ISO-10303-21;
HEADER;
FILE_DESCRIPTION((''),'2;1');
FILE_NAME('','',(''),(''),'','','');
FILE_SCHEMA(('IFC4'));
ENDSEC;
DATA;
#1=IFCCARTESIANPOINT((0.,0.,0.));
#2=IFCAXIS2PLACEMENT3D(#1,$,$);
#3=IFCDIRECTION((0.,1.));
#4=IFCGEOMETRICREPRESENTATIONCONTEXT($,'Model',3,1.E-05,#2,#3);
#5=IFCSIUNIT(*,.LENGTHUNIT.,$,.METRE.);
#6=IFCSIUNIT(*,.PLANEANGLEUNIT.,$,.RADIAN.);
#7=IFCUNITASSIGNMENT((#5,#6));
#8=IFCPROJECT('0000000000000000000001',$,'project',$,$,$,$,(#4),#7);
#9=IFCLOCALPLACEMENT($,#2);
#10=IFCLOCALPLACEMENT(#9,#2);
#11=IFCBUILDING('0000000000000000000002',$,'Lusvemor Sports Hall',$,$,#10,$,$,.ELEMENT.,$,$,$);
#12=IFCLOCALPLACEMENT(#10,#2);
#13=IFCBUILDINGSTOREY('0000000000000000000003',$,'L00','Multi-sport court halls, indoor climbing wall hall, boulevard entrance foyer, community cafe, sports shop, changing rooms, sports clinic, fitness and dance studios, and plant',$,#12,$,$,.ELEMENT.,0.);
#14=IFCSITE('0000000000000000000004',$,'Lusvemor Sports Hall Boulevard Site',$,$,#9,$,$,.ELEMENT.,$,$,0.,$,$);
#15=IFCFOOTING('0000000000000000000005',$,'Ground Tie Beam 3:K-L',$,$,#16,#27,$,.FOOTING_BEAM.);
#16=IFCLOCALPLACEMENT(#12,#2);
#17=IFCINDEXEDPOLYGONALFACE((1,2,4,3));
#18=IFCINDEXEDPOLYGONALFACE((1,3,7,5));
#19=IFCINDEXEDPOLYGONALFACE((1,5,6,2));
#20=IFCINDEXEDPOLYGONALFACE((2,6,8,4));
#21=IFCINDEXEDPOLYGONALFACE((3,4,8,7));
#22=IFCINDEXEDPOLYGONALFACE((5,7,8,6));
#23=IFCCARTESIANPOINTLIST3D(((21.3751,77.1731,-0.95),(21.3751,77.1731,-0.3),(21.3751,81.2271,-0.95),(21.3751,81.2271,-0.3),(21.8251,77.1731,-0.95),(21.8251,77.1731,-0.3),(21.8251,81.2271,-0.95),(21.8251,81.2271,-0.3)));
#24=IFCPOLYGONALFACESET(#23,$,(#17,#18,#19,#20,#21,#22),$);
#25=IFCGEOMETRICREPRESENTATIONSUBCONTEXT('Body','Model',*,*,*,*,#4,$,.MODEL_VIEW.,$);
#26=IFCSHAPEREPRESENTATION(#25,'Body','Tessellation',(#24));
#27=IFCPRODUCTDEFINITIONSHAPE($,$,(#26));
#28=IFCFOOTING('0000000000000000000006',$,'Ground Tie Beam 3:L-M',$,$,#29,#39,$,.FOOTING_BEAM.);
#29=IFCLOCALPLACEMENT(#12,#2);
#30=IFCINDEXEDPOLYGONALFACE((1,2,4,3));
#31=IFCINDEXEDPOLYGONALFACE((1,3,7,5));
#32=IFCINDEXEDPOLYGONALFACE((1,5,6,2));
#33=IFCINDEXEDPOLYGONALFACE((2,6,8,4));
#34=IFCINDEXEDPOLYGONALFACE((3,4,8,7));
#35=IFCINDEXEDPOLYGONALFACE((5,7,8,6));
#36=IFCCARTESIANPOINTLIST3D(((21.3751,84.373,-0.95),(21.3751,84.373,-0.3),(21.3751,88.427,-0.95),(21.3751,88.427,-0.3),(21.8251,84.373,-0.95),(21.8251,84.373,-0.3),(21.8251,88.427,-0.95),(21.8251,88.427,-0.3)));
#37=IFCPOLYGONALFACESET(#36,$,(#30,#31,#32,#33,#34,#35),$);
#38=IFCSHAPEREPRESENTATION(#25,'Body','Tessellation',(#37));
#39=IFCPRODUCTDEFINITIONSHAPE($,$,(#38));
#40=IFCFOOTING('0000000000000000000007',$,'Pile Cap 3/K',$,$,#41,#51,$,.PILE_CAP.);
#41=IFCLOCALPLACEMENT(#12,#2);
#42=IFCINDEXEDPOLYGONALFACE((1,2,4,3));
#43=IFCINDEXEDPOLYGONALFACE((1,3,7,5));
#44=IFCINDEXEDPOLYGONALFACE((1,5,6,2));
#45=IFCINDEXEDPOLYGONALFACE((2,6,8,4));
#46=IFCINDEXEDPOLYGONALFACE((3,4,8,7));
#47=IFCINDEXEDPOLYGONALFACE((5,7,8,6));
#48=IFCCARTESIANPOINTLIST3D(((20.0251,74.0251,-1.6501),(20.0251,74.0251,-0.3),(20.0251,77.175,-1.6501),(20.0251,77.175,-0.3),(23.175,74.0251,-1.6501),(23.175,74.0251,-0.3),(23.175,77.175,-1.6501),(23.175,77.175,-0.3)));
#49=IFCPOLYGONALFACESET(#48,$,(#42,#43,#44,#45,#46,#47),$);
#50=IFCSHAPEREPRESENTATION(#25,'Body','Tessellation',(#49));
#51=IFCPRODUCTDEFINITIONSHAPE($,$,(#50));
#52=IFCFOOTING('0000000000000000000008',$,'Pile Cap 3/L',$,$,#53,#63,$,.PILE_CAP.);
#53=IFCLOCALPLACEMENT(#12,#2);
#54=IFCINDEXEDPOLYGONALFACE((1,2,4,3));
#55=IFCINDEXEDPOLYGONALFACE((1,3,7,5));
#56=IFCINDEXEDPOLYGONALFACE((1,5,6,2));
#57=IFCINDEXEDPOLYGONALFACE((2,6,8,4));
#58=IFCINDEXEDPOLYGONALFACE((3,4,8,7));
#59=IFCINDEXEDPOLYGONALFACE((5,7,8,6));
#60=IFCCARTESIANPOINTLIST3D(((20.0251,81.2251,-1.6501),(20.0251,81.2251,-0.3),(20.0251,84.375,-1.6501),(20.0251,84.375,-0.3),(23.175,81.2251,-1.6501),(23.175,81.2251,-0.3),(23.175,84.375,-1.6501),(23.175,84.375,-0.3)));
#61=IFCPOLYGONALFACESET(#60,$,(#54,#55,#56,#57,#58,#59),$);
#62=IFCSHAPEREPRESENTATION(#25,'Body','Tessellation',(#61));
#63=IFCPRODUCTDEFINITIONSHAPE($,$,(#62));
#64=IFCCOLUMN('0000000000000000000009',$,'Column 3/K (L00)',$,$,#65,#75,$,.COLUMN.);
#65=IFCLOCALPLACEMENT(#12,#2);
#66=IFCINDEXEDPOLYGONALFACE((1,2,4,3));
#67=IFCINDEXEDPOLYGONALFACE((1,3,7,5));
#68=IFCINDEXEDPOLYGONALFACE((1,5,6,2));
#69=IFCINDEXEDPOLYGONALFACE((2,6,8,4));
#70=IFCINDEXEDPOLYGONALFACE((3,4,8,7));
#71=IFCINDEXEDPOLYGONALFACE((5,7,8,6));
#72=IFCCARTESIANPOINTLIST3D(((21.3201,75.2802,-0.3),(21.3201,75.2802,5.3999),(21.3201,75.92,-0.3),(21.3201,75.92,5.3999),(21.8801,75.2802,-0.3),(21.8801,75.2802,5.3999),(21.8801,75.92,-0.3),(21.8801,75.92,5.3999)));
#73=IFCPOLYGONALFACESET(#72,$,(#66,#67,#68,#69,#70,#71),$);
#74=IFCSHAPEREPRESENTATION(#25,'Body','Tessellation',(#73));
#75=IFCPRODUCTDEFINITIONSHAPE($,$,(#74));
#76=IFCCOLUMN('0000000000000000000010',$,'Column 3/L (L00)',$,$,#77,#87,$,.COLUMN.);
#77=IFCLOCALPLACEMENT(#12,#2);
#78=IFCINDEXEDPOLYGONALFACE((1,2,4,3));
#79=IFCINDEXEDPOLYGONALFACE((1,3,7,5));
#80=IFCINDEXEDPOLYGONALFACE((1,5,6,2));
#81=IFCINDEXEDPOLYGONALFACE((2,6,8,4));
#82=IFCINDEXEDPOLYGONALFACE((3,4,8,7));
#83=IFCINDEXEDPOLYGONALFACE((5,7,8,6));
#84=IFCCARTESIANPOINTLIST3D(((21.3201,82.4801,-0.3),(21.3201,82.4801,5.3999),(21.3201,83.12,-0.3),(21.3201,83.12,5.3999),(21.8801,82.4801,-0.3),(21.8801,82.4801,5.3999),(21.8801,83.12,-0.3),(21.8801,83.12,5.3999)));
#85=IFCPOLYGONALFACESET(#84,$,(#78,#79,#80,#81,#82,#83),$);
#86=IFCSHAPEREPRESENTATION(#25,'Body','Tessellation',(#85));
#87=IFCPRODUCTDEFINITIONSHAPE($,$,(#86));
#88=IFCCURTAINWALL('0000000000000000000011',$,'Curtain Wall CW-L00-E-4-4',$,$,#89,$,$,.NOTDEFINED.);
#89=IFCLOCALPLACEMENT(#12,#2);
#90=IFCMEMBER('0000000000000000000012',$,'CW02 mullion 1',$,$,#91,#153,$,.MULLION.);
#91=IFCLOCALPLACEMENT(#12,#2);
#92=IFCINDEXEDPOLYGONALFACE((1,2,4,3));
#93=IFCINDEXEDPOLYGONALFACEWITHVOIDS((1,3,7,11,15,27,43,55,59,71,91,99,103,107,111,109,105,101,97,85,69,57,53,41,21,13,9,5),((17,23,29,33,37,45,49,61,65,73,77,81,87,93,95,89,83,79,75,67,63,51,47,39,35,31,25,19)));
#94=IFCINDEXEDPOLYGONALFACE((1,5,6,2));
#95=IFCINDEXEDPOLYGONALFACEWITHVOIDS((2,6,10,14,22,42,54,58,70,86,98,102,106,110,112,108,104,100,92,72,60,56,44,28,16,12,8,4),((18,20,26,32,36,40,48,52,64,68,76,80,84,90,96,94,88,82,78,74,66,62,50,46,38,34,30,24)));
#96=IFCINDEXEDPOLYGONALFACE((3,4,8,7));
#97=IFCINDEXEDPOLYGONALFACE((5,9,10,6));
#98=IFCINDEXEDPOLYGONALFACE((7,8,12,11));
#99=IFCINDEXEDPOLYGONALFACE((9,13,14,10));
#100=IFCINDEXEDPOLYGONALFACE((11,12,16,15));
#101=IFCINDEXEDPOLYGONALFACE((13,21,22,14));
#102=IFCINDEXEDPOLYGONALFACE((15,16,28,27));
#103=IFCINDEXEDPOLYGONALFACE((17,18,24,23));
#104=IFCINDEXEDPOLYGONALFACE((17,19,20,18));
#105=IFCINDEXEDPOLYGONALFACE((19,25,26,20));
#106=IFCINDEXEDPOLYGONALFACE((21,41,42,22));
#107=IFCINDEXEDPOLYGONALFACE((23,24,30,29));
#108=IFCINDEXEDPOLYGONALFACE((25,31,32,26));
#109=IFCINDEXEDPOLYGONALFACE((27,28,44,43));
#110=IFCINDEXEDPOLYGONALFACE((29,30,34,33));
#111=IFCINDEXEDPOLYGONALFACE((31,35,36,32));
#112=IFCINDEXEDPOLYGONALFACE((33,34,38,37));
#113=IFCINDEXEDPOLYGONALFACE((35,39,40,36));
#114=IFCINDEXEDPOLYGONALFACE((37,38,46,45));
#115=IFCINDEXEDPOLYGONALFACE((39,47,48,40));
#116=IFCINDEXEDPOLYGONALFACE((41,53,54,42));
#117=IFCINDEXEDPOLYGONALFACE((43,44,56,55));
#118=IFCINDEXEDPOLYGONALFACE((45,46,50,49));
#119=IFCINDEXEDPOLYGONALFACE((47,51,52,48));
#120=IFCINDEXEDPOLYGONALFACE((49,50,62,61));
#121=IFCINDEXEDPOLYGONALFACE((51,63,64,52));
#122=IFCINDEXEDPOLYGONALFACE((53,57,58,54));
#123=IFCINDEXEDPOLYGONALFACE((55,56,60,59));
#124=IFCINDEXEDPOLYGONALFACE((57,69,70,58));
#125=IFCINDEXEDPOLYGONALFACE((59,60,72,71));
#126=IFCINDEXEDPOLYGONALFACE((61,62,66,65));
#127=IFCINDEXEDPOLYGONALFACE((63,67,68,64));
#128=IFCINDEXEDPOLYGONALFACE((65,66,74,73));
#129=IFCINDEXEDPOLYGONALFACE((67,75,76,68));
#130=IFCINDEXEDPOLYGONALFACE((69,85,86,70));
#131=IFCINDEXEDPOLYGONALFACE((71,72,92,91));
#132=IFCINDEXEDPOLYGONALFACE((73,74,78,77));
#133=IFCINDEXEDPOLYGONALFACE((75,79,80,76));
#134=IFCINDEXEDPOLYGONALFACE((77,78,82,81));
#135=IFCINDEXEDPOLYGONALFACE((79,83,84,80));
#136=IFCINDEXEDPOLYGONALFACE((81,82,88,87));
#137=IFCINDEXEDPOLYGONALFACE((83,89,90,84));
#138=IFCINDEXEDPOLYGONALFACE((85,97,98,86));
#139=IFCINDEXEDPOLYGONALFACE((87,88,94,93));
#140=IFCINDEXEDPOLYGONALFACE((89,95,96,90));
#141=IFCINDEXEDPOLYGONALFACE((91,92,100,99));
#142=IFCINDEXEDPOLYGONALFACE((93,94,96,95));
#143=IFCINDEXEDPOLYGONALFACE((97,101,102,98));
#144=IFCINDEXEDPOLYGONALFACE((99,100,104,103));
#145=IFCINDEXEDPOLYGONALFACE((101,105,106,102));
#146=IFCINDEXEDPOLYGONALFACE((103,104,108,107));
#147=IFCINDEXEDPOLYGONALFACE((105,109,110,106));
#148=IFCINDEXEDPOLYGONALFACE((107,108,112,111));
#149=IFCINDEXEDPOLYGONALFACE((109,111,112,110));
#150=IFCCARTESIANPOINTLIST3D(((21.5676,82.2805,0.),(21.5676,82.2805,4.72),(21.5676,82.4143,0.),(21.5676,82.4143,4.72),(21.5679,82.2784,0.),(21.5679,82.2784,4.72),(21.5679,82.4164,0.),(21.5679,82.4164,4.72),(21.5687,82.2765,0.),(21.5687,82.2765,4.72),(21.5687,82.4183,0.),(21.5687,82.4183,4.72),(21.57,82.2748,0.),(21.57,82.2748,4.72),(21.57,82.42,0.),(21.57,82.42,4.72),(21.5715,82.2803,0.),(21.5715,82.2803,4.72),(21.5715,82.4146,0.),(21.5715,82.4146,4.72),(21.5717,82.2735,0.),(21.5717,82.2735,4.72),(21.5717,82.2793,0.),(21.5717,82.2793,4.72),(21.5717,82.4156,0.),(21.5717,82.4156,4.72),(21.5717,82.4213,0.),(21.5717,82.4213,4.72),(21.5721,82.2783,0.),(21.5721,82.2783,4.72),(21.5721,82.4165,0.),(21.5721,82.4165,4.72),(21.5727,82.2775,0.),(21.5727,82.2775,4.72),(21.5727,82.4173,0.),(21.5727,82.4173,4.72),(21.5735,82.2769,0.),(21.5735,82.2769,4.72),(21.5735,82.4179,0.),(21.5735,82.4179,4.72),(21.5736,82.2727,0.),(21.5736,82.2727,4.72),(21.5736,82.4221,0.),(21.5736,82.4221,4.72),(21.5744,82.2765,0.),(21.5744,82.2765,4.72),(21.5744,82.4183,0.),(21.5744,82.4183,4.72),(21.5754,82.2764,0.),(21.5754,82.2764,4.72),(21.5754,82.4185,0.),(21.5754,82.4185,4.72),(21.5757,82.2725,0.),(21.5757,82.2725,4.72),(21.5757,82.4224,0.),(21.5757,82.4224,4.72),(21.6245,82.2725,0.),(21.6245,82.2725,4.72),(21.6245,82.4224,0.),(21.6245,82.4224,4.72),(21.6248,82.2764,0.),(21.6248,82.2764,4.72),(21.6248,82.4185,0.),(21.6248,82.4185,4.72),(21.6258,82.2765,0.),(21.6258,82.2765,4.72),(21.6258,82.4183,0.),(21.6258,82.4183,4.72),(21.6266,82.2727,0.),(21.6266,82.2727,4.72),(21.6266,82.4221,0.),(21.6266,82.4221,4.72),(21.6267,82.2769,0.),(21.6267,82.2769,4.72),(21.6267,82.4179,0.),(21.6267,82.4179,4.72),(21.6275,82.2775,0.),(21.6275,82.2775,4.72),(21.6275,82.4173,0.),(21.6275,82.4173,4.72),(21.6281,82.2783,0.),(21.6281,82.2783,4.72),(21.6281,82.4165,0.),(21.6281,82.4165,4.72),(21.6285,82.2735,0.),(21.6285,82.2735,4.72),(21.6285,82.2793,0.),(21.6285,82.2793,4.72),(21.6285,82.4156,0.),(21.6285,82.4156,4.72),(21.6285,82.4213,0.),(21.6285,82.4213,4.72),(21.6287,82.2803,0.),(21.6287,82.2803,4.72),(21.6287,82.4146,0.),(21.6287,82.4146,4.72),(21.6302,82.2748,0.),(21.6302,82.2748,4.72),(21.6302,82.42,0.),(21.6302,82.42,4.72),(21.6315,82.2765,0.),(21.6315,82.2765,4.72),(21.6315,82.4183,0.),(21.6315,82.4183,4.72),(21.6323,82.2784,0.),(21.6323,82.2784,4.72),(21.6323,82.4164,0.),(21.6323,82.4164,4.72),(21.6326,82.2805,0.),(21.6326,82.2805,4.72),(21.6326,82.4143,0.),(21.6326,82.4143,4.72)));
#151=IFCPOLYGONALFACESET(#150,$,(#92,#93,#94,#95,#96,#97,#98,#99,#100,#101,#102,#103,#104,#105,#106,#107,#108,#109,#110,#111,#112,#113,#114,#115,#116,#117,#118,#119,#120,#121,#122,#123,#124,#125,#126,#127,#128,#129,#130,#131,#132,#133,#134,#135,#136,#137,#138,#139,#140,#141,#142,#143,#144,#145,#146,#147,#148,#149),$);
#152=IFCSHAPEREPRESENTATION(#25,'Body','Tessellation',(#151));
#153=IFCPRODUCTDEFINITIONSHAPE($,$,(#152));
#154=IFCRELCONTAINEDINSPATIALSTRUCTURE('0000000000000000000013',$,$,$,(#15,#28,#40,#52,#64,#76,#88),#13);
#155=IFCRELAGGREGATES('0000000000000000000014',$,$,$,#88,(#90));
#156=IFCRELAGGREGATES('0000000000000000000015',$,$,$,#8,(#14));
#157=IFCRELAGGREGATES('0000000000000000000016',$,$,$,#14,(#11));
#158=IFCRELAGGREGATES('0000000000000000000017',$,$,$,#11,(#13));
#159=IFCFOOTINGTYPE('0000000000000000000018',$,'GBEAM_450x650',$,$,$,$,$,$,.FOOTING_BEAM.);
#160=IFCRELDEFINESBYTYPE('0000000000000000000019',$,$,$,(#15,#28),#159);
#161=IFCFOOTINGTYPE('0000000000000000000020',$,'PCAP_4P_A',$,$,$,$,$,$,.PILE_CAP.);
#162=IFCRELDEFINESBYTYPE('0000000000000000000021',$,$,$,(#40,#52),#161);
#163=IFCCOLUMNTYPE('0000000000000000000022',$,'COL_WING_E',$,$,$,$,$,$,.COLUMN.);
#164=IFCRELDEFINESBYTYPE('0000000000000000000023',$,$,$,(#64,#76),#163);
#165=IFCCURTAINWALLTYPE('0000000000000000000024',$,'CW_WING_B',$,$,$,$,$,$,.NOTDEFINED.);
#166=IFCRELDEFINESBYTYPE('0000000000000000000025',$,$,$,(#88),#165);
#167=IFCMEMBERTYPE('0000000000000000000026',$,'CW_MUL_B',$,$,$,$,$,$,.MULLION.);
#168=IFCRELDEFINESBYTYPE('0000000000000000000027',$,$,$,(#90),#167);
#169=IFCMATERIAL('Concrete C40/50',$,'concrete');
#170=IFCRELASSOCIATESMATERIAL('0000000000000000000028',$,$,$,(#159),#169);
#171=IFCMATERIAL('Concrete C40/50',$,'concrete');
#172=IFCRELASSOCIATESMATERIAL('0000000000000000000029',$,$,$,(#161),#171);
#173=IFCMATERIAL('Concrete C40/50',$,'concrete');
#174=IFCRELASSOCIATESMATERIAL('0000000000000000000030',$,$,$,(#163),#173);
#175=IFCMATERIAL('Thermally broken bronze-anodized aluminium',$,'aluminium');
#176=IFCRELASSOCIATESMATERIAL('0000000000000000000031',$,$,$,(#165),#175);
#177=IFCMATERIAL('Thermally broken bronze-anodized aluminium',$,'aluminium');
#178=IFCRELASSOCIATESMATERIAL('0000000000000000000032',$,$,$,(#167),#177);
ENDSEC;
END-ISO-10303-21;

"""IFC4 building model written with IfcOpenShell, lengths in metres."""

from ifc_helpers import new_model, si_unit, direction, frame, origin, origin_2d, place, context, subcontext, project, spatial, rectangle, hollow_rectangle, extrude, material, material_profile, profile_set, type_object, element, aggregate, save


model = new_model("IFC4")

# Units and contexts
model_context = context("Model", 3, precision=1e-05, world=origin(), true_north=direction((0.0, 1.0)))
body_context = subcontext(model_context, "Body", "Model", "MODEL_VIEW")
ifc_project = project(units=[si_unit("LENGTHUNIT", "METRE"), si_unit("PLANEANGLEUNIT", "RADIAN")], contexts=[model_context])

# Site, building, storey
site_placement = place(None, origin())
site = spatial("IfcSite", under=ifc_project, at=site_placement, Name="Lusvemor Sports Hall Boulevard Site", CompositionType="ELEMENT", RefElevation=0.0)
building_placement = place(site_placement, origin())
building = spatial("IfcBuilding", under=site, at=building_placement, Name="Lusvemor Sports Hall", CompositionType="ELEMENT")
storey_placement = place(building_placement, origin())
storey = spatial("IfcBuildingStorey", under=building, at=storey_placement, Name="L00", Description="Multi-sport court halls, indoor climbing wall hall, boulevard entrance foyer, community cafe, sports shop, changing rooms, sports clinic, fitness and dance studios, and plant", CompositionType="ELEMENT", Elevation=0.0)

# Footings
ifc_material_1 = material(Name="Concrete C40/50", Category="concrete")
ifc_material_profile_1 = material_profile(ifc_material_1, rectangle(XDim=0.45, YDim=0.6499, at=origin_2d()), Name="GB_450x650")
ifc_profile_set_1 = profile_set([ifc_material_profile_1], Name="Concrete C40/50")
footing_type_1 = type_object("IfcFootingType", Name="GBEAM_450x650", PredefinedType="FOOTING_BEAM", material=ifc_profile_set_1)
for number, where, z_axis, x_axis, name in (
    (1, (21.6001, 77.1731, -0.625), (0.0, 1.0, 0.0), (-1.0, 0.0, 0.0), "Ground Tie Beam 3:K-L"),
    (2, (21.6001, 84.373, -0.625), (0.0, 1.0, 0.0), (-1.0, 0.0, 0.0), "Ground Tie Beam 3:L-M"),
):
    element("IfcFooting", number, at=place(storey_placement, frame(where, z_axis=z_axis, x_axis=x_axis)), inside=storey, type_object=footing_type_1, Name=name, PredefinedType="FOOTING_BEAM", context=body_context, shape_type="SweptSolid", body=[
        extrude(rectangle(XDim=0.45, YDim=0.6499, at=origin_2d()), origin(), (0.0, 0.0, 1.0), 4.054),
    ])
ifc_material_2 = material(Name="Concrete C40/50", Category="concrete")
footing_type_2 = type_object("IfcFootingType", Name="PCAP_4P_A", PredefinedType="PILE_CAP", material=ifc_material_2)
for number, where, z_axis, x_axis, name in (
    (3, (21.6001, 75.6001, -1.6501), (0.0, 0.0, 1.0), (1.0, 0.0, 0.0), "Pile Cap 3/K"),
    (4, (21.6001, 82.8, -1.6501), (0.0, 0.0, 1.0), (1.0, 0.0, 0.0), "Pile Cap 3/L"),
):
    element("IfcFooting", number, at=place(storey_placement, frame(where, z_axis=z_axis, x_axis=x_axis)), inside=storey, type_object=footing_type_2, Name=name, PredefinedType="PILE_CAP", context=body_context, shape_type="SweptSolid", body=[
        extrude(rectangle(XDim=3.1499, YDim=3.1499, at=origin_2d()), origin(), (0.0, 0.0, 1.0), 1.3501),
    ])

# Columns
ifc_material_3 = material(Name="Concrete C40/50", Category="concrete")
ifc_material_profile_2 = material_profile(ifc_material_3, rectangle(XDim=0.5601, YDim=0.6399, at=origin_2d()), Name="RC560x640")
ifc_profile_set_2 = profile_set([ifc_material_profile_2], Name="Concrete C40/50")
column_type = type_object("IfcColumnType", Name="COL_WING_E", PredefinedType="COLUMN", material=ifc_profile_set_2)
for number, where, z_axis, x_axis, name in (
    (5, (21.6001, 75.6001, -0.3), (0.0, 0.0, 1.0), (1.0, 0.0, 0.0), "Column 3/K (L00)"),
    (6, (21.6001, 82.8, -0.3), (0.0, 0.0, 1.0), (1.0, 0.0, 0.0), "Column 3/L (L00)"),
):
    element("IfcColumn", number, at=place(storey_placement, frame(where, z_axis=z_axis, x_axis=x_axis)), inside=storey, type_object=column_type, Name=name, PredefinedType="COLUMN", context=body_context, shape_type="SweptSolid", body=[
        extrude(rectangle(XDim=0.5601, YDim=0.6399, at=origin_2d()), origin(), (0.0, 0.0, 1.0), 5.7),
    ])

# Curtain wall, member
ifc_material_4 = material(Name="Thermally broken bronze-anodized aluminium", Category="aluminium")
curtain_wall_type = type_object("IfcCurtainWallType", Name="CW_WING_B", PredefinedType="NOTDEFINED", material=ifc_material_4)
curtain_wall_placement = place(storey_placement, origin())
curtain_wall = element("IfcCurtainWall", 7, at=curtain_wall_placement, inside=storey, type_object=curtain_wall_type, Name="Curtain Wall CW-L00-E-4-4", PredefinedType="NOTDEFINED")
ifc_material_5 = material(Name="Thermally broken bronze-anodized aluminium", Category="aluminium")
ifc_material_profile_3 = material_profile(ifc_material_5, hollow_rectangle(XDim=0.0649, YDim=0.1499, WallThickness=0.0039, InnerFilletRadius=0.0039, OuterFilletRadius=0.0081, at=origin_2d()), Name="CWMUL150x65x4")
ifc_profile_set_3 = profile_set([ifc_material_profile_3], Name="Thermally broken bronze-anodized aluminium")
member_type_1 = type_object("IfcMemberType", Name="CW_MUL_B", PredefinedType="MULLION", material=ifc_profile_set_3)
member_1_placement = place(storey_placement, frame((21.6001, 82.3474, 0.0), z_axis=(0.0, 0.0, 1.0), x_axis=(1.0, 0.0, 0.0)))
member_1 = element("IfcMember", 8, at=member_1_placement, type_object=member_type_1, Name="CW02 mullion 1", PredefinedType="MULLION", context=body_context, shape_type="SweptSolid", body=[
    extrude(hollow_rectangle(XDim=0.0649, YDim=0.1499, WallThickness=0.0039, InnerFilletRadius=0.0039, OuterFilletRadius=0.0081, at=origin_2d()), origin(), (0.0, 0.0, 1.0), 4.72),
])
aggregate(curtain_wall, [member_1])

save(model, "model.ifc")
